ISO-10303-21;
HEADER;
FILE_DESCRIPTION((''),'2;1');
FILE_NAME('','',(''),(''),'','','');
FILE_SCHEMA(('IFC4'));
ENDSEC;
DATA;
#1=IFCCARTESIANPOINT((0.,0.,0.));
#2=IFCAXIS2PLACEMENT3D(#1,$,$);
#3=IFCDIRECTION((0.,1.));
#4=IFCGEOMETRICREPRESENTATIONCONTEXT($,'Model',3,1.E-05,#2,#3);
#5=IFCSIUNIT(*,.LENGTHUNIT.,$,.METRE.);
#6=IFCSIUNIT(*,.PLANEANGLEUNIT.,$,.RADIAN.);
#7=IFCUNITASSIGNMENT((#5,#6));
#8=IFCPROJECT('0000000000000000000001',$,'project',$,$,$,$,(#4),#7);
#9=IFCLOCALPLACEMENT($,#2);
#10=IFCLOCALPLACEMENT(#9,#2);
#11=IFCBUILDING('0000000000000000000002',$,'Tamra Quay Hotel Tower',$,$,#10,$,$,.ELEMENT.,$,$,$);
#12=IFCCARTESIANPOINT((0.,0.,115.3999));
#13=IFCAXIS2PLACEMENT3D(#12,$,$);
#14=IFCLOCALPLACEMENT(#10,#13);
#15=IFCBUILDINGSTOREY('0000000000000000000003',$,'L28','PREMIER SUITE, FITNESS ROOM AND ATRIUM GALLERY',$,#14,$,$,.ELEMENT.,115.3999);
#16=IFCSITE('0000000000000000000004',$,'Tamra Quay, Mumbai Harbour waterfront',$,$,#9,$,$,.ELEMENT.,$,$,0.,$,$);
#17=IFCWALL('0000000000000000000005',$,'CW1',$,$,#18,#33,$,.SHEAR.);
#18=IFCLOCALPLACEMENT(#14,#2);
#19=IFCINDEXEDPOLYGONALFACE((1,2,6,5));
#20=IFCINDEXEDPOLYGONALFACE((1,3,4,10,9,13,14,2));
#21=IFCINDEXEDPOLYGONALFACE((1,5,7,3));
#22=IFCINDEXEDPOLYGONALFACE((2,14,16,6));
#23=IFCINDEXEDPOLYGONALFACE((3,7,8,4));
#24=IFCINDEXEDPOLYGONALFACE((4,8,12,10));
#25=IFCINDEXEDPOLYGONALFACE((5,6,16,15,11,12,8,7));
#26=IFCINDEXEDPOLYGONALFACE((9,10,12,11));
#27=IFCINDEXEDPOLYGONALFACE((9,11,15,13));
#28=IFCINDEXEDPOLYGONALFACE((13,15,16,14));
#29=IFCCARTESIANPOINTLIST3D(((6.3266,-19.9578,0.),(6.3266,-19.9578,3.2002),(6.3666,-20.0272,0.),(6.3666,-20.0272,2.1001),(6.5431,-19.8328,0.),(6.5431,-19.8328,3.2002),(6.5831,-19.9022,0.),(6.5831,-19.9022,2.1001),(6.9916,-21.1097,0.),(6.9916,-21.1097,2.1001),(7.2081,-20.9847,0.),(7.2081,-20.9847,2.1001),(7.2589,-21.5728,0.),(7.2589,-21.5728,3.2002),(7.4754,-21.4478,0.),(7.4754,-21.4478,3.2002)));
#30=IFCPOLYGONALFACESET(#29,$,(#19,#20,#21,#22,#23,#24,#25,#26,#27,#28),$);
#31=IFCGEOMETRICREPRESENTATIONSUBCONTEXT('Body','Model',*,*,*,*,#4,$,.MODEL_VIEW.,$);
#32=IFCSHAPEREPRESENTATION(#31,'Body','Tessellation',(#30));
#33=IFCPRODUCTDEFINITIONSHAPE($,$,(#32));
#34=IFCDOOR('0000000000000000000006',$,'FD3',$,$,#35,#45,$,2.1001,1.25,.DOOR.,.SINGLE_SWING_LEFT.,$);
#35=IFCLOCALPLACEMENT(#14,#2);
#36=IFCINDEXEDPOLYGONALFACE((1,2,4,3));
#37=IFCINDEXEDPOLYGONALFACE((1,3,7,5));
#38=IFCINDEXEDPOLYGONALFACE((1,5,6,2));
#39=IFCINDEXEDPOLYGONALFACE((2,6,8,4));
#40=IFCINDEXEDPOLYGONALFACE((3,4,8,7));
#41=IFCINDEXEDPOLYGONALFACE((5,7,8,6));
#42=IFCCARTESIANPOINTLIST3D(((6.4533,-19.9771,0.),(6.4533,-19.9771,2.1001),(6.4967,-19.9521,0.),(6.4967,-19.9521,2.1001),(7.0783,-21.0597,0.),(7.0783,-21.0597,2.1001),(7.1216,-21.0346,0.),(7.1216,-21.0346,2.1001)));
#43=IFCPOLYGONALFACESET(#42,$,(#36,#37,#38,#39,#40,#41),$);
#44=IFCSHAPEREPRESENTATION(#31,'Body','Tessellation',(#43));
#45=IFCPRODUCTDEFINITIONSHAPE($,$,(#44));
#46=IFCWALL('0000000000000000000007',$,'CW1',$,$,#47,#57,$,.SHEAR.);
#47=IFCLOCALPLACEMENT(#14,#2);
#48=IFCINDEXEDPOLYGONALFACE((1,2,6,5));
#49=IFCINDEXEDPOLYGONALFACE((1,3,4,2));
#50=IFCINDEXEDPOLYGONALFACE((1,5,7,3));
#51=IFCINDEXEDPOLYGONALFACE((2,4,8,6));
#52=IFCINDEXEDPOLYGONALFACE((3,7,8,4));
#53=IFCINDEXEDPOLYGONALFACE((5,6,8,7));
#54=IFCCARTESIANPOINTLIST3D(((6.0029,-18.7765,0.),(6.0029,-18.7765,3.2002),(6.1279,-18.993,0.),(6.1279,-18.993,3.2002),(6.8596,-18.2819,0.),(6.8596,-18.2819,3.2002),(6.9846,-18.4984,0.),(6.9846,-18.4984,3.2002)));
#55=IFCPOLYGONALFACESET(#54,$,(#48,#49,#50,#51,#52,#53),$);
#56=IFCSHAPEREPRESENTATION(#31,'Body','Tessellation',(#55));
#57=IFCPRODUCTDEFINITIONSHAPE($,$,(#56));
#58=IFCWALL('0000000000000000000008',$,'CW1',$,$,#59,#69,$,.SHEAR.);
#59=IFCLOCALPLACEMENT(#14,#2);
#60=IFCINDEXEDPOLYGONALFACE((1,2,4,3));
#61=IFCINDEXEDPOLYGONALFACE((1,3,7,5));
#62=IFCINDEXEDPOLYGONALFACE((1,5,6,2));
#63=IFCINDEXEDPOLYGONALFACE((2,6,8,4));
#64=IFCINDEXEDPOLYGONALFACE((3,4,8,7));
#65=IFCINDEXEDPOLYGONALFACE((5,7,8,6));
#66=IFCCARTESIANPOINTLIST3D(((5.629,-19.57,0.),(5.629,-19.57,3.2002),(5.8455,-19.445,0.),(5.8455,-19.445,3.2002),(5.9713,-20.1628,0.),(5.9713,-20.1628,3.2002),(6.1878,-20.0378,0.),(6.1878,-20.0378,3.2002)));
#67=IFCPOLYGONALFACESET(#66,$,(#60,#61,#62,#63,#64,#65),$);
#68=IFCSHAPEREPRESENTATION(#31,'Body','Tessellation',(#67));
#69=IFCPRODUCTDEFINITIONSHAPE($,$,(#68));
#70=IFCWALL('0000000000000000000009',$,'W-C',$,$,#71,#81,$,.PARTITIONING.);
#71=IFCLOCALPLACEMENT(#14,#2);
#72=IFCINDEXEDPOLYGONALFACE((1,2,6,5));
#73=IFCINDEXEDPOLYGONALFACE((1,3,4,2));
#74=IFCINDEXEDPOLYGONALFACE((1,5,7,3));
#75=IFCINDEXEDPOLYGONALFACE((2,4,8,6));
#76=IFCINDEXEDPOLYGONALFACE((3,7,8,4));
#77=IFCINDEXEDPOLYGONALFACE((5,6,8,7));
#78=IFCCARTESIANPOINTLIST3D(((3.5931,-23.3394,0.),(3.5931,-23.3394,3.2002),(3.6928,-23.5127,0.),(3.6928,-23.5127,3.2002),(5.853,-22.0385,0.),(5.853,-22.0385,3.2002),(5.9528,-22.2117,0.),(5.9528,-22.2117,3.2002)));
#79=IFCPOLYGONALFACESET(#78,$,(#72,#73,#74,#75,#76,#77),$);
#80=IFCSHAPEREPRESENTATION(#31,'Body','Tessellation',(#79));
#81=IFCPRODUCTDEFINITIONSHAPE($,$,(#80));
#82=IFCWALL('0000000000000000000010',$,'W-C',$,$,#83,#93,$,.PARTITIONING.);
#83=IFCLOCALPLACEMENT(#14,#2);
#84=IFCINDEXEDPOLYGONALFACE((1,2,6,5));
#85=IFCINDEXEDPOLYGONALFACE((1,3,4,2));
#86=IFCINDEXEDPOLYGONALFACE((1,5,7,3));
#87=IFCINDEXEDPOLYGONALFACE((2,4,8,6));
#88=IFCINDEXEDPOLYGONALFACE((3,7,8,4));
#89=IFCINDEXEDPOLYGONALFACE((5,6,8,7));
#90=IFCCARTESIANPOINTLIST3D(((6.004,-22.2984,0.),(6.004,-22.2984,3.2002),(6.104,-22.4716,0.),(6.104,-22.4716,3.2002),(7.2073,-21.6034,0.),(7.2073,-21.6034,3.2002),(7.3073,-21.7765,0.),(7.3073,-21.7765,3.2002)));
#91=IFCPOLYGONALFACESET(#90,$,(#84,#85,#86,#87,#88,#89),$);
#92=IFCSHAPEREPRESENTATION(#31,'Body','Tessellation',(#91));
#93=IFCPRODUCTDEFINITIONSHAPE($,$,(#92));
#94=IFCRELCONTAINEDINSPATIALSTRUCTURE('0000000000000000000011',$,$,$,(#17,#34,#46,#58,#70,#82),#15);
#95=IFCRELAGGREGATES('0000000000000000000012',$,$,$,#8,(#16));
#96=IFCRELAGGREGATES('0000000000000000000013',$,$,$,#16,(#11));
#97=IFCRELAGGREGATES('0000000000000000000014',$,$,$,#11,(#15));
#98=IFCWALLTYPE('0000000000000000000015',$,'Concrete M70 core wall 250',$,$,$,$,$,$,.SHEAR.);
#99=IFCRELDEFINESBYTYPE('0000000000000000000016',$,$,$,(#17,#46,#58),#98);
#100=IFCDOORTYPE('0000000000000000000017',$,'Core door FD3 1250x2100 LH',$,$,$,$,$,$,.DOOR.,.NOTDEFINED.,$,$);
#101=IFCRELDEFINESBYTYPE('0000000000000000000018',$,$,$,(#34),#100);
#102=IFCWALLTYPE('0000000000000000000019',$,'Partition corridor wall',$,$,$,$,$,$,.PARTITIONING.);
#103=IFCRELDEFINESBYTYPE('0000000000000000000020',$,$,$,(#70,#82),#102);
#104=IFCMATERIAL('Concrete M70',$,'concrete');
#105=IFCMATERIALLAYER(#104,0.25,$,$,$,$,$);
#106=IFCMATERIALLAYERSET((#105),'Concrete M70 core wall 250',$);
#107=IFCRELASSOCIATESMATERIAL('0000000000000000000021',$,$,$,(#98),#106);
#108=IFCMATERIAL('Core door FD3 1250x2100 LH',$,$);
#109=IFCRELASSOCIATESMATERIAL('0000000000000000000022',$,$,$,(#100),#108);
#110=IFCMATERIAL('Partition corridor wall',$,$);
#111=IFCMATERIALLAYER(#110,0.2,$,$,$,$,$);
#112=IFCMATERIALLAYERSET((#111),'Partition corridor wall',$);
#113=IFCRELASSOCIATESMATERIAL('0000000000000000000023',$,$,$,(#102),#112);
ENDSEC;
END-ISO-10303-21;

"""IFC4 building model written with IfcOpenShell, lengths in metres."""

from ifc_helpers import new_model, si_unit, direction, frame, frame_2d, origin, place, context, subcontext, project, spatial, rectangle, extrude, material, layer, layer_set, type_object, element, fill, save


model = new_model("IFC4")

# Units and contexts
model_context = context("Model", 3, precision=1e-05, world=origin(), true_north=direction((0.0, 1.0)))
body_context = subcontext(model_context, "Body", "Model", "MODEL_VIEW")
ifc_project = project(units=[si_unit("LENGTHUNIT", "METRE"), si_unit("PLANEANGLEUNIT", "RADIAN")], contexts=[model_context])

# Site, building, storey
site_placement = place(None, origin())
site = spatial("IfcSite", under=ifc_project, at=site_placement, Name="Tamra Quay, Mumbai Harbour waterfront", CompositionType="ELEMENT", RefElevation=0.0)
building_placement = place(site_placement, origin())
building = spatial("IfcBuilding", under=site, at=building_placement, Name="Tamra Quay Hotel Tower", CompositionType="ELEMENT")
storey_placement = place(building_placement, frame((0.0, 0.0, 115.3999)))
storey = spatial("IfcBuildingStorey", under=building, at=storey_placement, Name="L28", Description="PREMIER SUITE, FITNESS ROOM AND ATRIUM GALLERY", CompositionType="ELEMENT", Elevation=115.3999)

# Shared definitions
ifc_material_1 = material(Name="Concrete M70", Category="concrete")

# Shared definitions
ifc_layer_1 = layer(ifc_material_1, 0.25)
ifc_layer_set_1 = layer_set([ifc_layer_1], Name="Concrete M70 core wall 250")
wall_type_1 = type_object("IfcWallType", Name="Concrete M70 core wall 250", PredefinedType="SHEAR", material=ifc_layer_set_1)

# Wall, opening, door
wall_1_placement = place(storey_placement, frame((7.3672, -21.5103, 0.0), z_axis=(0.0, 0.0, 1.0), x_axis=(-0.499983, 0.866035, 0.0)))
wall_1 = element("IfcWall", 1, at=wall_1_placement, inside=storey, type_object=wall_type_1, Name="CW1", PredefinedType="SHEAR", context=body_context, shape_type="SweptSolid", body=[
    extrude(rectangle(XDim=1.8647, YDim=0.25, at=frame_2d((0.9324, 0.0))), origin(), (0.0, 0.0, 1.0), 3.2002),
])
opening_1_placement = place(wall_1_placement, frame((0.5347, 0.0, 0.0)))
opening_1 = element("IfcOpeningElement", 2, at=opening_1_placement, cuts=wall_1, PredefinedType="OPENING", context=body_context, shape_type="SweptSolid", body=[
    extrude(rectangle(XDim=1.25, YDim=2.1001, at=frame_2d((0.625, 1.05))), frame((0.0, 0.135, 0.0), z_axis=(0.0, -1.0, 0.0), x_axis=(1.0, 0.0, 0.0)), (0.0, 0.0, 1.0), 0.27),
])
ifc_material_2 = material(Name="Core door FD3 1250x2100 LH")
door_type_1 = type_object("IfcDoorType", Name="Core door FD3 1250x2100 LH", OperationType="NOTDEFINED", PredefinedType="DOOR", material=ifc_material_2)
door_1_placement = place(opening_1_placement, origin())
door_1 = element("IfcDoor", 3, at=door_1_placement, inside=storey, type_object=door_type_1, Name="FD3", OperationType="SINGLE_SWING_LEFT", OverallHeight=2.1001, OverallWidth=1.25, PredefinedType="DOOR", context=body_context, shape_type="SweptSolid", body=[
    extrude(rectangle(XDim=1.25, YDim=2.1001, at=frame_2d((0.625, 1.05))), frame((0.0, 0.0249, 0.0), z_axis=(0.0, -1.0, 0.0), x_axis=(1.0, 0.0, 0.0)), (0.0, 0.0, 1.0), 0.05),
])
fill(opening_1, door_1)

# Walls
wall_2_placement = place(storey_placement, frame((6.0654, -18.8848, 0.0), z_axis=(0.0, 0.0, 1.0), x_axis=(0.866017, 0.500014, 0.0)))
element("IfcWall", 4, at=wall_2_placement, inside=storey, type_object=wall_type_1, Name="CW1", PredefinedType="SHEAR", context=body_context, shape_type="SweptSolid", body=[
    extrude(rectangle(XDim=0.9893, YDim=0.25, at=frame_2d((0.4946, 0.0))), origin(), (0.0, 0.0, 1.0), 3.2002),
])
wall_3_placement = place(storey_placement, frame((6.0796, -20.1003, 0.0), z_axis=(0.0, 0.0, 1.0), x_axis=(-0.500052, 0.865996, 0.0)))
element("IfcWall", 5, at=wall_3_placement, inside=storey, type_object=wall_type_1, Name="CW1", PredefinedType="SHEAR", context=body_context, shape_type="SweptSolid", body=[
    extrude(rectangle(XDim=0.6846, YDim=0.25, at=frame_2d((0.3423, 0.0))), origin(), (0.0, 0.0, 1.0), 3.2002),
])
ifc_material_3 = material(Name="Partition corridor wall")
ifc_layer_2 = layer(ifc_material_3, 0.2)
ifc_layer_set_2 = layer_set([ifc_layer_2], Name="Partition corridor wall")
wall_type_2 = type_object("IfcWallType", Name="Partition corridor wall", PredefinedType="PARTITIONING", material=ifc_layer_set_2)
wall_4_placement = place(storey_placement, frame((3.6431, -23.426, 0.0), z_axis=(0.0, 0.0, 1.0), x_axis=(0.866654, 0.498909, 0.0)))
element("IfcWall", 6, at=wall_4_placement, inside=storey, type_object=wall_type_2, Name="W-C", PredefinedType="PARTITIONING", context=body_context, shape_type="SweptSolid", body=[
    extrude(rectangle(XDim=2.6077, YDim=0.2, at=frame_2d((1.3037, 0.0))), origin(), (0.0, 0.0, 1.0), 3.2002),
])
wall_5_placement = place(storey_placement, frame((6.054, -22.385, 0.0), z_axis=(0.0, 0.0, 1.0), x_axis=(0.865931, 0.500163, 0.0)))
element("IfcWall", 7, at=wall_5_placement, inside=storey, type_object=wall_type_2, Name="W-C", PredefinedType="PARTITIONING", context=body_context, shape_type="SweptSolid", body=[
    extrude(rectangle(XDim=1.3896, YDim=0.2, at=frame_2d((0.6948, 0.0))), origin(), (0.0, 0.0, 1.0), 3.2002),
])

save(model, "model.ifc")
